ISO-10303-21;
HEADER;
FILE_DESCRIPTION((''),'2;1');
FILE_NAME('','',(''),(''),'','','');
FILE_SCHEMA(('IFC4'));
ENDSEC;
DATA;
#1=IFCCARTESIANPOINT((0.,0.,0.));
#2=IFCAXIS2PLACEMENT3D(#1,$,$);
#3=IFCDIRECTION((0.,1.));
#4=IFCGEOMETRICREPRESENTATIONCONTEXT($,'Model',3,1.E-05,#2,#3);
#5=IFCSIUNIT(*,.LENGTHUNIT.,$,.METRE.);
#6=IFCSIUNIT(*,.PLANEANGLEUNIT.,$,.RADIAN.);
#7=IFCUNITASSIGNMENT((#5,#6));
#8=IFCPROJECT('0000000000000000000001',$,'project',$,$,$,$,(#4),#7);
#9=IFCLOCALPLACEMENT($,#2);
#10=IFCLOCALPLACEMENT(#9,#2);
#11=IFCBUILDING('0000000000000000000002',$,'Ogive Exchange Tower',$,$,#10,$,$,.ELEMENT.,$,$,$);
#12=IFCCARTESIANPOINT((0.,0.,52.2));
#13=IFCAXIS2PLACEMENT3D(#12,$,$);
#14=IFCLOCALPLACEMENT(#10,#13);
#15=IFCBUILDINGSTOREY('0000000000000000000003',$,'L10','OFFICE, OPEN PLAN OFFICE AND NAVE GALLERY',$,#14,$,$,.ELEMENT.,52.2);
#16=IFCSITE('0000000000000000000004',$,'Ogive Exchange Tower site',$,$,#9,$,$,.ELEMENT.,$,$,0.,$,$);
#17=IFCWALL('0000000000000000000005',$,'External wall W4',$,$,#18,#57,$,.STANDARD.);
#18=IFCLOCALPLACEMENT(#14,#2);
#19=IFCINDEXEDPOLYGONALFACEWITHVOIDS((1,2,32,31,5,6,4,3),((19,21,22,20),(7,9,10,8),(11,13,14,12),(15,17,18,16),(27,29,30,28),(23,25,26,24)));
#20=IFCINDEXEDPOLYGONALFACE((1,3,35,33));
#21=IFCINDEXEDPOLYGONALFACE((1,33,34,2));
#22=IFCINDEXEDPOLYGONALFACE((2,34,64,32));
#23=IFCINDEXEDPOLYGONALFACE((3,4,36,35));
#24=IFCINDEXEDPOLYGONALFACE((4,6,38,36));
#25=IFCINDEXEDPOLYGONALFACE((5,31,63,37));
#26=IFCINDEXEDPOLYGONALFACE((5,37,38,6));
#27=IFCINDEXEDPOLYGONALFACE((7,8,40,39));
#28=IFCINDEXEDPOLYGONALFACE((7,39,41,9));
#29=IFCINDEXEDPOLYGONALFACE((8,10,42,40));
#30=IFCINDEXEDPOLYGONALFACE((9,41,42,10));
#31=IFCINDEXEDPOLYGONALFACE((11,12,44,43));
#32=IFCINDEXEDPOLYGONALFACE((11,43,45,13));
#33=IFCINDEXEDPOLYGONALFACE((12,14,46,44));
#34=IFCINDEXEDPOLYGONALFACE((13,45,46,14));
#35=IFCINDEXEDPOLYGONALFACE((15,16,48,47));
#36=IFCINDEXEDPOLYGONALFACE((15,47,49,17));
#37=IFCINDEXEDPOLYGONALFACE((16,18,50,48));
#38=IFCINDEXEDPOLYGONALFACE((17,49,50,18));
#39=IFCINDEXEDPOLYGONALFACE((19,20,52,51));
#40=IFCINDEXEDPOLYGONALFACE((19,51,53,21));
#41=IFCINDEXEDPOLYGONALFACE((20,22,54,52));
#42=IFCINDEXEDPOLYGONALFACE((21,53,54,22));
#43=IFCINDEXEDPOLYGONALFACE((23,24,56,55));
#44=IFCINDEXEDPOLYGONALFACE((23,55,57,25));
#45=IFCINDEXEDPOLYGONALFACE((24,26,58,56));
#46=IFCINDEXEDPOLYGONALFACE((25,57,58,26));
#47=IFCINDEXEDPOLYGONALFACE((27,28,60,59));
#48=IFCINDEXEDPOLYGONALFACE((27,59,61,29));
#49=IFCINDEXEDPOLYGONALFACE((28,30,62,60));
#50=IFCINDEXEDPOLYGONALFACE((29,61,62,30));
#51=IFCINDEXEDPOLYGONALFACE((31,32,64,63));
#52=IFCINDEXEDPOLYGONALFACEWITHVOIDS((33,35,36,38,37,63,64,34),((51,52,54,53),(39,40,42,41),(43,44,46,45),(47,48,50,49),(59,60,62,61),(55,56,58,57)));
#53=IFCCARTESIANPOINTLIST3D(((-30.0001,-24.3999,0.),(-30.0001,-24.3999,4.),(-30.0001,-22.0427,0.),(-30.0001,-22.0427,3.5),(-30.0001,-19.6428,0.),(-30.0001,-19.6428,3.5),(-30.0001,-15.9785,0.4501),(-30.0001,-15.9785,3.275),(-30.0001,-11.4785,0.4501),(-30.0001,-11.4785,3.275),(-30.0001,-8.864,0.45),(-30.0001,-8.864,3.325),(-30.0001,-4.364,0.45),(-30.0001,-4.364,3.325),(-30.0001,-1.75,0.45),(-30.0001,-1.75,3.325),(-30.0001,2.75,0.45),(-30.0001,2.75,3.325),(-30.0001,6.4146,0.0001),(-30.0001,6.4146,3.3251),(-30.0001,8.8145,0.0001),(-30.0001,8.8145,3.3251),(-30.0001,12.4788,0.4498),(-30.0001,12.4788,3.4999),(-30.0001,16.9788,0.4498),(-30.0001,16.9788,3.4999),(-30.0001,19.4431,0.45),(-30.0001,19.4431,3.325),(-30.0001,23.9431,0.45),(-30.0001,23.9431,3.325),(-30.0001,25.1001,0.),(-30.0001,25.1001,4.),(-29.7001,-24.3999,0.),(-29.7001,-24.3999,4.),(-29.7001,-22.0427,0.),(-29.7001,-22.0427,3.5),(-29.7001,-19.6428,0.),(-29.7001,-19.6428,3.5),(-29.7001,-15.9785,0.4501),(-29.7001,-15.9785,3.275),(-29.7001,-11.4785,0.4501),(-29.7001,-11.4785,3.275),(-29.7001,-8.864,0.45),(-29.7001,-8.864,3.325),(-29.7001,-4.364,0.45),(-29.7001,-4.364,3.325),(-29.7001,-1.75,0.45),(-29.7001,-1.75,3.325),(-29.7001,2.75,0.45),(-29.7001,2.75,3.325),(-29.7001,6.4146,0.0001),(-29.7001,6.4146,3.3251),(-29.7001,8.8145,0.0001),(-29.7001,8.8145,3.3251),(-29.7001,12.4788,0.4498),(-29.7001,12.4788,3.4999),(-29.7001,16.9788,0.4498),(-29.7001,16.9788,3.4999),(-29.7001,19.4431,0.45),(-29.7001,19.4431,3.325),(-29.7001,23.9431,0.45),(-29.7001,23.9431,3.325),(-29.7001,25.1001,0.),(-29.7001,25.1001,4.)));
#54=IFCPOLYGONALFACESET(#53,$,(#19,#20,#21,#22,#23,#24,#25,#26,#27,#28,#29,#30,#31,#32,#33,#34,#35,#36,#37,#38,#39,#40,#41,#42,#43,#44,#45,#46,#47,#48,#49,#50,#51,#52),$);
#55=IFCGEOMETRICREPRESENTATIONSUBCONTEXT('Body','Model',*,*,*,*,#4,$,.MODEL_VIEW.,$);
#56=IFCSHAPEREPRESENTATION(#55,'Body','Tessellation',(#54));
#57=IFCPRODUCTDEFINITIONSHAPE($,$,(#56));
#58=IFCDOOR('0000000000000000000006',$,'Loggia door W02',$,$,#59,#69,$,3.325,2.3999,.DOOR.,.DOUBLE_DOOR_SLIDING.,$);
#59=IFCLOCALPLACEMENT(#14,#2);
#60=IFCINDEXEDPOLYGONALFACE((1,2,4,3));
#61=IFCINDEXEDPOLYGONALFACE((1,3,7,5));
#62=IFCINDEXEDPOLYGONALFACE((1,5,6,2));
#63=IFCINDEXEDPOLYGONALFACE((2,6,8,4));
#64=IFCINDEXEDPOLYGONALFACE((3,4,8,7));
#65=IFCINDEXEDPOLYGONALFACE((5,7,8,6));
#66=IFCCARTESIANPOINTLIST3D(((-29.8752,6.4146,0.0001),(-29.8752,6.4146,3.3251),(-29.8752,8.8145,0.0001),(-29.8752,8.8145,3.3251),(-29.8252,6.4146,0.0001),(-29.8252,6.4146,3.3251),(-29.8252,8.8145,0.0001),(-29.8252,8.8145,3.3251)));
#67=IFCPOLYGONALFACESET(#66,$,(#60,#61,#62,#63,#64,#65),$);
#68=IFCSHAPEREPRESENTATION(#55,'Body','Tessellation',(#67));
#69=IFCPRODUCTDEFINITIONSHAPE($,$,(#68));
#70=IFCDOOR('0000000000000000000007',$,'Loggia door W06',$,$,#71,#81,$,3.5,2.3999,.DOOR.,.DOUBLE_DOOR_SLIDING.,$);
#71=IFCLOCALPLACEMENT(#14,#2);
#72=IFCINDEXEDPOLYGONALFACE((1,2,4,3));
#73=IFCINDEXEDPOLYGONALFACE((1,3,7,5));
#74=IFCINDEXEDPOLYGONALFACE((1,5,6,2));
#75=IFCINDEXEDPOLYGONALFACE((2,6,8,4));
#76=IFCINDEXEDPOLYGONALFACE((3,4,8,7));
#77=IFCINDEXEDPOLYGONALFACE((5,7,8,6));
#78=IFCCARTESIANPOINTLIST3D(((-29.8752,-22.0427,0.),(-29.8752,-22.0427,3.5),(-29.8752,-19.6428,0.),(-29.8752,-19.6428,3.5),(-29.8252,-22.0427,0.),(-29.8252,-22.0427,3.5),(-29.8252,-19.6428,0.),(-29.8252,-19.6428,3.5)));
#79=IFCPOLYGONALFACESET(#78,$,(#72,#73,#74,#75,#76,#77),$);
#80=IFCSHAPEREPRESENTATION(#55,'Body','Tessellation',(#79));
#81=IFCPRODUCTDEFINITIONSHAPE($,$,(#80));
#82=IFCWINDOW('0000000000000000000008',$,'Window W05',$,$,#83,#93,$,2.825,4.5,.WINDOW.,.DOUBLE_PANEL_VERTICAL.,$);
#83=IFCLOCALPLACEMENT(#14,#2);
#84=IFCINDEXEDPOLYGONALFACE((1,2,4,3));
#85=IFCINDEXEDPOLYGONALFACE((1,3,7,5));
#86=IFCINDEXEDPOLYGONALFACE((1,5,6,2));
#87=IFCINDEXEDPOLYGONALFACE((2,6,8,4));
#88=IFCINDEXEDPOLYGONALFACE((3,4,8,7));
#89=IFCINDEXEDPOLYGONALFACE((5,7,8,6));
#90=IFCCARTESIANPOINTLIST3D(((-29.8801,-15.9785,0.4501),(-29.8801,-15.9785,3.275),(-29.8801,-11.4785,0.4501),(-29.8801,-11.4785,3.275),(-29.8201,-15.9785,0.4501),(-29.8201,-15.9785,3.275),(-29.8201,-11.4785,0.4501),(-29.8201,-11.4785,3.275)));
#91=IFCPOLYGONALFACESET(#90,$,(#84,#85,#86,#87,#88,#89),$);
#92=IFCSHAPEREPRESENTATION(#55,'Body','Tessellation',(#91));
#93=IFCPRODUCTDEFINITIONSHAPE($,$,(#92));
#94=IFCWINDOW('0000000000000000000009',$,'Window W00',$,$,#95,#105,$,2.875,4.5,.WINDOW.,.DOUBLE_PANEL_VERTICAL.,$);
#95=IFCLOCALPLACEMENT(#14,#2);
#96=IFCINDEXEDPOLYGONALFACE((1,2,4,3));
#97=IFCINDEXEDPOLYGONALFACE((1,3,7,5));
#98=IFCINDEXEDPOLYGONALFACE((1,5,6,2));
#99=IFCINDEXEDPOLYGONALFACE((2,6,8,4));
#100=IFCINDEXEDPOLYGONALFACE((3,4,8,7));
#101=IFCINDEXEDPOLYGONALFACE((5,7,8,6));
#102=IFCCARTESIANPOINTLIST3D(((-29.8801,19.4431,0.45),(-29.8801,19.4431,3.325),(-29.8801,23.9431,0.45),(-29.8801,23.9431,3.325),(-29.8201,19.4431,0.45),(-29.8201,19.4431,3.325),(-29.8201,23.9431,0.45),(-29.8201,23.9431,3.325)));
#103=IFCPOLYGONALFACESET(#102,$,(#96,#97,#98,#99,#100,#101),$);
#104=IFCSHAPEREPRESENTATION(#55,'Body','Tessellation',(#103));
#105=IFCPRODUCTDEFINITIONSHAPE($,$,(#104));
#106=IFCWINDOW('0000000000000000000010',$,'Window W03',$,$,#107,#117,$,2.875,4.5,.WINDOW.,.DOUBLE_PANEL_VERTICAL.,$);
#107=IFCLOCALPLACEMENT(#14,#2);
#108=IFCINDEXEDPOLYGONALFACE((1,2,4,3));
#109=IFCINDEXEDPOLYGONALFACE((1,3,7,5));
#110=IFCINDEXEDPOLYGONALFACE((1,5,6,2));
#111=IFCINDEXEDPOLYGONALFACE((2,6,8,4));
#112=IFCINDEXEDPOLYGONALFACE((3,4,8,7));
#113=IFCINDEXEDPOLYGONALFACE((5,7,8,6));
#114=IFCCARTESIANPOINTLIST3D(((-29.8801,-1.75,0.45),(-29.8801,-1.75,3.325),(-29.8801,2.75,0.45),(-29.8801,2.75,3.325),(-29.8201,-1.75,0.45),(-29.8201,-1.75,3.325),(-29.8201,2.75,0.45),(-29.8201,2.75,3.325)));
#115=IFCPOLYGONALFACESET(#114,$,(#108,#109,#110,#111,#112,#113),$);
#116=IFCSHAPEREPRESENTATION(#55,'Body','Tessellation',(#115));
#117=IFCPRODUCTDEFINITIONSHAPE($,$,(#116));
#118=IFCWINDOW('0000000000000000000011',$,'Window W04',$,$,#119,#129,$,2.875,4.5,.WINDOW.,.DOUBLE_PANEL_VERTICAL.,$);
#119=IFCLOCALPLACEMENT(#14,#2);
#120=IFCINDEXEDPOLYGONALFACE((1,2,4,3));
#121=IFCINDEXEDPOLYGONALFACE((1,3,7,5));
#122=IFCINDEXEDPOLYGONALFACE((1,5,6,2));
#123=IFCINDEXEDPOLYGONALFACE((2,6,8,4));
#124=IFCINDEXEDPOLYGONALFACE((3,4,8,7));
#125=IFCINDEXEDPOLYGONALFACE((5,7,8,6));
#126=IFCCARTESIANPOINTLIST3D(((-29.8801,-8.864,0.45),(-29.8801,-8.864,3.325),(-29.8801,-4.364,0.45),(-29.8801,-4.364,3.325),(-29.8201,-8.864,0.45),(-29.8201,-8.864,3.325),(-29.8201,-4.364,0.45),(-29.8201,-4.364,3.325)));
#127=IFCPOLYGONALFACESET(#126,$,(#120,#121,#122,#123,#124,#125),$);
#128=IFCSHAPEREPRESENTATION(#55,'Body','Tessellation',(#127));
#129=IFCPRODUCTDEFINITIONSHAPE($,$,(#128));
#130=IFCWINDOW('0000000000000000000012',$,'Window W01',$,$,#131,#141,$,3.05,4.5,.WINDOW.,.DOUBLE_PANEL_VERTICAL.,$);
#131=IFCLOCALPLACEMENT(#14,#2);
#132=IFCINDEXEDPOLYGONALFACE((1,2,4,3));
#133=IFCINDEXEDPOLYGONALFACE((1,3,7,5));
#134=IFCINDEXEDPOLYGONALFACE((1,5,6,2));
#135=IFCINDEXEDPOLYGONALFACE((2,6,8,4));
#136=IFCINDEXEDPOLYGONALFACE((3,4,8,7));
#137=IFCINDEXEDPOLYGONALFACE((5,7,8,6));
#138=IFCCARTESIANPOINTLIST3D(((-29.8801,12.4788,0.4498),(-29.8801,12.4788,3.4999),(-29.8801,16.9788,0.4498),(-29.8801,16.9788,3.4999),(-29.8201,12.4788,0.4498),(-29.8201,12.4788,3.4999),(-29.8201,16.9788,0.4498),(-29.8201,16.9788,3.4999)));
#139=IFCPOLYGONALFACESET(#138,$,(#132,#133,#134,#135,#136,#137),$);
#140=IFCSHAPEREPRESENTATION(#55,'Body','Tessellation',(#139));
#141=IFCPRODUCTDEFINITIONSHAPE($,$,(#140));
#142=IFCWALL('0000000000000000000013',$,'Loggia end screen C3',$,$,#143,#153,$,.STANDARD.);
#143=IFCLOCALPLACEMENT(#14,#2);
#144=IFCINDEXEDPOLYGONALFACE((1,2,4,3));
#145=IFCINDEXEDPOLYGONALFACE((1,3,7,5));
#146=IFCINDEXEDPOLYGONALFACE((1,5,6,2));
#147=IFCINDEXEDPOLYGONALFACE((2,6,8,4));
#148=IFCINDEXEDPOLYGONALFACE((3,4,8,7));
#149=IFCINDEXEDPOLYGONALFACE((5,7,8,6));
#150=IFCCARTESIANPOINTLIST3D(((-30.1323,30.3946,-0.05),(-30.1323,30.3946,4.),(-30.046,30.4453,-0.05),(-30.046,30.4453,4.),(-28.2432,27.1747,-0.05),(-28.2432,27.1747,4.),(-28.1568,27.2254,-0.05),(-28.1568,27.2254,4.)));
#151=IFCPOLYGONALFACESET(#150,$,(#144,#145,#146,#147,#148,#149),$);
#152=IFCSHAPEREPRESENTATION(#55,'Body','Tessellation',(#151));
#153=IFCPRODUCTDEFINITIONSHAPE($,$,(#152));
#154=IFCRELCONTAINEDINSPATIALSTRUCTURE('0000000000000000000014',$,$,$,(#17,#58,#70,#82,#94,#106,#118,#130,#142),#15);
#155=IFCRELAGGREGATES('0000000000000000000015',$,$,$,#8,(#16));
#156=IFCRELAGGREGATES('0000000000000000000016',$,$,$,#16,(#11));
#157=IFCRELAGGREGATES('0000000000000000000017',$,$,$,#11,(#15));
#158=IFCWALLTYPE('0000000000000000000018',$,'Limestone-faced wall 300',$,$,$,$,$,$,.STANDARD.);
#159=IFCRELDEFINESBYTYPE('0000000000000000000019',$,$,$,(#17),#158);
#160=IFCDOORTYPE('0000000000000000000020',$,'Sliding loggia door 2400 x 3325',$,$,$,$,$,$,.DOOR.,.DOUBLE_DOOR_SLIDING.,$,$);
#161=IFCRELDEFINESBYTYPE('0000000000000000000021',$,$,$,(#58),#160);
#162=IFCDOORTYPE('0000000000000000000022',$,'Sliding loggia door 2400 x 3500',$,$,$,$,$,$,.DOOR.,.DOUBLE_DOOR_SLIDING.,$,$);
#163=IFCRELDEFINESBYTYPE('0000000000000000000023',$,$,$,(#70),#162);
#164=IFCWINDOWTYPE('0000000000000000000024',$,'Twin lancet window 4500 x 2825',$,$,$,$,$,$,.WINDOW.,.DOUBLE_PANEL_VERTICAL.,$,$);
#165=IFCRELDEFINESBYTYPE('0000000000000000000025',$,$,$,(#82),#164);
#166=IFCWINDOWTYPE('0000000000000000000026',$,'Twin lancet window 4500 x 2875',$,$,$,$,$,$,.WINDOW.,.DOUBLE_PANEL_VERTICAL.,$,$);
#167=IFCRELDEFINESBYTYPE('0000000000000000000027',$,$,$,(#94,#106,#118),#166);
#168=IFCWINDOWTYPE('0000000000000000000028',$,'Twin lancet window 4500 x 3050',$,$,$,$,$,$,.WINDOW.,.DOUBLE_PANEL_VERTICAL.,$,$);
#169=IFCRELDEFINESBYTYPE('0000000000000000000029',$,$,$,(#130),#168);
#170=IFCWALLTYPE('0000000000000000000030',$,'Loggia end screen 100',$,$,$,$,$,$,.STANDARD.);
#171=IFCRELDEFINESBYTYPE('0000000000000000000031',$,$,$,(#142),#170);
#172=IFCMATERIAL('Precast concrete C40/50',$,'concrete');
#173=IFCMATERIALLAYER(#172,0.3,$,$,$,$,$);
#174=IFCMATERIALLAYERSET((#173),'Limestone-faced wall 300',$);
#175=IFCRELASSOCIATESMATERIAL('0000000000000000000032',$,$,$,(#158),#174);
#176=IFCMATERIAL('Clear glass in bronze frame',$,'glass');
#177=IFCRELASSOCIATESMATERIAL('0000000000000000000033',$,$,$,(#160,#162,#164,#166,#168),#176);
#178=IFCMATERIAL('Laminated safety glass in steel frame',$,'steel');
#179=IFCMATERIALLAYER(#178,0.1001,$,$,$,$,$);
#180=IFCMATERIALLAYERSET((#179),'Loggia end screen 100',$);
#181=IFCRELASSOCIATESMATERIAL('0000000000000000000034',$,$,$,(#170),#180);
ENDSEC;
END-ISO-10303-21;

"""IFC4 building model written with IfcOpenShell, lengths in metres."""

from ifc_helpers import new_model, si_unit, direction, frame, frame_2d, origin, place, context, subcontext, project, spatial, rectangle, extrude, material, layer, layer_set, type_object, element, fill, save


model = new_model("IFC4")

# Units and contexts
model_context = context("Model", 3, precision=1e-05, world=origin(), true_north=direction((0.0, 1.0)))
body_context = subcontext(model_context, "Body", "Model", "MODEL_VIEW")
ifc_project = project(units=[si_unit("LENGTHUNIT", "METRE"), si_unit("PLANEANGLEUNIT", "RADIAN")], contexts=[model_context])

# Site, building, storey
site_placement = place(None, origin())
site = spatial("IfcSite", under=ifc_project, at=site_placement, Name="Ogive Exchange Tower site", CompositionType="ELEMENT", RefElevation=0.0)
building_placement = place(site_placement, origin())
building = spatial("IfcBuilding", under=site, at=building_placement, Name="Ogive Exchange Tower", CompositionType="ELEMENT")
storey_placement = place(building_placement, frame((0.0, 0.0, 52.2)))
storey = spatial("IfcBuildingStorey", under=building, at=storey_placement, Name="L10", Description="OFFICE, OPEN PLAN OFFICE AND NAVE GALLERY", CompositionType="ELEMENT", Elevation=52.2)

# Wall, openings, doors, windows
ifc_material_1 = material(Name="Precast concrete C40/50", Category="concrete")
ifc_layer_1 = layer(ifc_material_1, 0.3)
ifc_layer_set_1 = layer_set([ifc_layer_1], Name="Limestone-faced wall 300")
wall_type_1 = type_object("IfcWallType", Name="Limestone-faced wall 300", PredefinedType="STANDARD", material=ifc_layer_set_1)
wall_1_placement = place(storey_placement, frame((-29.8501, 25.1001, 0.0), z_axis=(0.0, 0.0, 1.0), x_axis=(0.0, -1.0, 0.0)))
wall_1 = element("IfcWall", 1, at=wall_1_placement, inside=storey, type_object=wall_type_1, Name="External wall W4", PredefinedType="STANDARD", context=body_context, shape_type="SweptSolid", body=[
    extrude(rectangle(XDim=49.5, YDim=0.3, at=frame_2d((24.75, 0.0))), origin(), (0.0, 0.0, 1.0), 4.0),
])
opening_1_placement = place(wall_1_placement, frame((1.157, 0.0, 0.45)))
opening_1 = element("IfcOpeningElement", 2, at=opening_1_placement, cuts=wall_1, PredefinedType="OPENING", context=body_context, shape_type="SweptSolid", body=[
    extrude(rectangle(XDim=4.5, YDim=2.875, at=frame_2d((2.25, 1.4375))), frame((0.0, 0.1599, 0.0), z_axis=(0.0, -1.0, 0.0), x_axis=(1.0, 0.0, 0.0)), (0.0, 0.0, 1.0), 0.3201),
])
opening_2_placement = place(wall_1_placement, frame((8.1213, 0.0, 0.45)))
opening_2 = element("IfcOpeningElement", 3, at=opening_2_placement, cuts=wall_1, PredefinedType="OPENING", context=body_context, shape_type="SweptSolid", body=[
    extrude(rectangle(XDim=4.5, YDim=3.05, at=frame_2d((2.25, 1.5249))), frame((0.0, 0.1599, 0.0), z_axis=(0.0, -1.0, 0.0), x_axis=(1.0, 0.0, 0.0)), (0.0, 0.0, 1.0), 0.3201),
])
opening_3_placement = place(wall_1_placement, frame((16.2856, 0.0, 0.0)))
opening_3 = element("IfcOpeningElement", 4, at=opening_3_placement, cuts=wall_1, PredefinedType="OPENING", context=body_context, shape_type="SweptSolid", body=[
    extrude(rectangle(XDim=2.3999, YDim=3.325, at=frame_2d((1.2, 1.6626))), frame((0.0, 0.1599, 0.0), z_axis=(0.0, -1.0, 0.0), x_axis=(1.0, 0.0, 0.0)), (0.0, 0.0, 1.0), 0.3201),
])
opening_4_placement = place(wall_1_placement, frame((22.3501, 0.0, 0.45)))
opening_4 = element("IfcOpeningElement", 5, at=opening_4_placement, cuts=wall_1, PredefinedType="OPENING", context=body_context, shape_type="SweptSolid", body=[
    extrude(rectangle(XDim=4.5, YDim=2.875, at=frame_2d((2.25, 1.4375))), frame((0.0, 0.1599, 0.0), z_axis=(0.0, -1.0, 0.0), x_axis=(1.0, 0.0, 0.0)), (0.0, 0.0, 1.0), 0.3201),
])
opening_5_placement = place(wall_1_placement, frame((29.4641, 0.0, 0.45)))
opening_5 = element("IfcOpeningElement", 6, at=opening_5_placement, cuts=wall_1, PredefinedType="OPENING", context=body_context, shape_type="SweptSolid", body=[
    extrude(rectangle(XDim=4.5, YDim=2.875, at=frame_2d((2.25, 1.4375))), frame((0.0, 0.1599, 0.0), z_axis=(0.0, -1.0, 0.0), x_axis=(1.0, 0.0, 0.0)), (0.0, 0.0, 1.0), 0.3201),
])
opening_6_placement = place(wall_1_placement, frame((36.5786, 0.0, 0.45)))
opening_6 = element("IfcOpeningElement", 7, at=opening_6_placement, cuts=wall_1, PredefinedType="OPENING", context=body_context, shape_type="SweptSolid", body=[
    extrude(rectangle(XDim=4.5, YDim=2.825, at=frame_2d((2.25, 1.4126))), frame((0.0, 0.1599, 0.0), z_axis=(0.0, -1.0, 0.0), x_axis=(1.0, 0.0, 0.0)), (0.0, 0.0, 1.0), 0.3201),
])
opening_7_placement = place(wall_1_placement, frame((44.7429, 0.0, 0.0)))
opening_7 = element("IfcOpeningElement", 8, at=opening_7_placement, cuts=wall_1, PredefinedType="OPENING", context=body_context, shape_type="SweptSolid", body=[
    extrude(rectangle(XDim=2.3999, YDim=3.5, at=frame_2d((1.2, 1.75))), frame((0.0, 0.1599, 0.0), z_axis=(0.0, -1.0, 0.0), x_axis=(1.0, 0.0, 0.0)), (0.0, 0.0, 1.0), 0.3201),
])
ifc_material_2 = material(Name="Clear glass in bronze frame", Category="glass")
door_type_1 = type_object("IfcDoorType", Name="Sliding loggia door 2400 x 3325", OperationType="DOUBLE_DOOR_SLIDING", PredefinedType="DOOR", material=ifc_material_2)
door_1_placement = place(opening_3_placement, origin())
door_1 = element("IfcDoor", 9, at=door_1_placement, inside=storey, type_object=door_type_1, Name="Loggia door W02", OperationType="DOUBLE_DOOR_SLIDING", OverallHeight=3.325, OverallWidth=2.3999, PredefinedType="DOOR", context=body_context, shape_type="SweptSolid", body=[
    extrude(rectangle(XDim=2.3999, YDim=3.325, at=frame_2d((1.2, 1.6626))), frame((0.0, 0.0249, 0.0), z_axis=(0.0, -1.0, 0.0), x_axis=(1.0, 0.0, 0.0)), (0.0, 0.0, 1.0), 0.05),
])
fill(opening_3, door_1)
door_type_2 = type_object("IfcDoorType", Name="Sliding loggia door 2400 x 3500", OperationType="DOUBLE_DOOR_SLIDING", PredefinedType="DOOR", material=ifc_material_2)
door_2_placement = place(opening_7_placement, origin())
door_2 = element("IfcDoor", 10, at=door_2_placement, inside=storey, type_object=door_type_2, Name="Loggia door W06", OperationType="DOUBLE_DOOR_SLIDING", OverallHeight=3.5, OverallWidth=2.3999, PredefinedType="DOOR", context=body_context, shape_type="SweptSolid", body=[
    extrude(rectangle(XDim=2.3999, YDim=3.5, at=frame_2d((1.2, 1.75))), frame((0.0, 0.0249, 0.0), z_axis=(0.0, -1.0, 0.0), x_axis=(1.0, 0.0, 0.0)), (0.0, 0.0, 1.0), 0.05),
])
fill(opening_7, door_2)
window_type_1 = type_object("IfcWindowType", Name="Twin lancet window 4500 x 2825", PartitioningType="DOUBLE_PANEL_VERTICAL", PredefinedType="WINDOW", material=ifc_material_2)
window_1_placement = place(opening_6_placement, origin())
window_1 = element("IfcWindow", 11, at=window_1_placement, inside=storey, type_object=window_type_1, Name="Window W05", OverallHeight=2.825, OverallWidth=4.5, PartitioningType="DOUBLE_PANEL_VERTICAL", PredefinedType="WINDOW", context=body_context, shape_type="SweptSolid", body=[
    extrude(rectangle(XDim=4.5, YDim=2.825, at=frame_2d((2.25, 1.4126))), frame((0.0, 0.03, 0.0), z_axis=(0.0, -1.0, 0.0), x_axis=(1.0, 0.0, 0.0)), (0.0, 0.0, 1.0), 0.0601),
])
fill(opening_6, window_1)
window_type_2 = type_object("IfcWindowType", Name="Twin lancet window 4500 x 2875", PartitioningType="DOUBLE_PANEL_VERTICAL", PredefinedType="WINDOW", material=ifc_material_2)
window_2_placement = place(opening_1_placement, origin())
window_2 = element("IfcWindow", 12, at=window_2_placement, inside=storey, type_object=window_type_2, Name="Window W00", OverallHeight=2.875, OverallWidth=4.5, PartitioningType="DOUBLE_PANEL_VERTICAL", PredefinedType="WINDOW", context=body_context, shape_type="SweptSolid", body=[
    extrude(rectangle(XDim=4.5, YDim=2.875, at=frame_2d((2.25, 1.4375))), frame((0.0, 0.03, 0.0), z_axis=(0.0, -1.0, 0.0), x_axis=(1.0, 0.0, 0.0)), (0.0, 0.0, 1.0), 0.0601),
])
fill(opening_1, window_2)
window_3_placement = place(opening_4_placement, origin())
window_3 = element("IfcWindow", 13, at=window_3_placement, inside=storey, type_object=window_type_2, Name="Window W03", OverallHeight=2.875, OverallWidth=4.5, PartitioningType="DOUBLE_PANEL_VERTICAL", PredefinedType="WINDOW", context=body_context, shape_type="SweptSolid", body=[
    extrude(rectangle(XDim=4.5, YDim=2.875, at=frame_2d((2.25, 1.4375))), frame((0.0, 0.03, 0.0), z_axis=(0.0, -1.0, 0.0), x_axis=(1.0, 0.0, 0.0)), (0.0, 0.0, 1.0), 0.0601),
])
fill(opening_4, window_3)
window_4_placement = place(opening_5_placement, origin())
window_4 = element("IfcWindow", 14, at=window_4_placement, inside=storey, type_object=window_type_2, Name="Window W04", OverallHeight=2.875, OverallWidth=4.5, PartitioningType="DOUBLE_PANEL_VERTICAL", PredefinedType="WINDOW", context=body_context, shape_type="SweptSolid", body=[
    extrude(rectangle(XDim=4.5, YDim=2.875, at=frame_2d((2.25, 1.4375))), frame((0.0, 0.03, 0.0), z_axis=(0.0, -1.0, 0.0), x_axis=(1.0, 0.0, 0.0)), (0.0, 0.0, 1.0), 0.0601),
])
fill(opening_5, window_4)
window_type_3 = type_object("IfcWindowType", Name="Twin lancet window 4500 x 3050", PartitioningType="DOUBLE_PANEL_VERTICAL", PredefinedType="WINDOW", material=ifc_material_2)
window_5_placement = place(opening_2_placement, origin())
window_5 = element("IfcWindow", 15, at=window_5_placement, inside=storey, type_object=window_type_3, Name="Window W01", OverallHeight=3.05, OverallWidth=4.5, PartitioningType="DOUBLE_PANEL_VERTICAL", PredefinedType="WINDOW", context=body_context, shape_type="SweptSolid", body=[
    extrude(rectangle(XDim=4.5, YDim=3.05, at=frame_2d((2.25, 1.5249))), frame((0.0, 0.03, 0.0), z_axis=(0.0, -1.0, 0.0), x_axis=(1.0, 0.0, 0.0)), (0.0, 0.0, 1.0), 0.0601),
])
fill(opening_2, window_5)

# Wall
ifc_material_3 = material(Name="Laminated safety glass in steel frame", Category="steel")
ifc_layer_2 = layer(ifc_material_3, 0.1001)
ifc_layer_set_2 = layer_set([ifc_layer_2], Name="Loggia end screen 100")
wall_type_2 = type_object("IfcWallType", Name="Loggia end screen 100", PredefinedType="STANDARD", material=ifc_layer_set_2)
wall_2_placement = place(storey_placement, frame((-28.2, 27.2, -0.05), z_axis=(0.0, 0.0, 1.0), x_axis=(-0.506037, 0.862512, 0.0)))
element("IfcWall", 16, at=wall_2_placement, inside=storey, type_object=wall_type_2, Name="Loggia end screen C3", PredefinedType="STANDARD", context=body_context, shape_type="SweptSolid", body=[
    extrude(rectangle(XDim=3.7332, YDim=0.1001, at=frame_2d((1.8667, 0.0))), origin(), (0.0, 0.0, 1.0), 4.05),
])

save(model, "model.ifc")
